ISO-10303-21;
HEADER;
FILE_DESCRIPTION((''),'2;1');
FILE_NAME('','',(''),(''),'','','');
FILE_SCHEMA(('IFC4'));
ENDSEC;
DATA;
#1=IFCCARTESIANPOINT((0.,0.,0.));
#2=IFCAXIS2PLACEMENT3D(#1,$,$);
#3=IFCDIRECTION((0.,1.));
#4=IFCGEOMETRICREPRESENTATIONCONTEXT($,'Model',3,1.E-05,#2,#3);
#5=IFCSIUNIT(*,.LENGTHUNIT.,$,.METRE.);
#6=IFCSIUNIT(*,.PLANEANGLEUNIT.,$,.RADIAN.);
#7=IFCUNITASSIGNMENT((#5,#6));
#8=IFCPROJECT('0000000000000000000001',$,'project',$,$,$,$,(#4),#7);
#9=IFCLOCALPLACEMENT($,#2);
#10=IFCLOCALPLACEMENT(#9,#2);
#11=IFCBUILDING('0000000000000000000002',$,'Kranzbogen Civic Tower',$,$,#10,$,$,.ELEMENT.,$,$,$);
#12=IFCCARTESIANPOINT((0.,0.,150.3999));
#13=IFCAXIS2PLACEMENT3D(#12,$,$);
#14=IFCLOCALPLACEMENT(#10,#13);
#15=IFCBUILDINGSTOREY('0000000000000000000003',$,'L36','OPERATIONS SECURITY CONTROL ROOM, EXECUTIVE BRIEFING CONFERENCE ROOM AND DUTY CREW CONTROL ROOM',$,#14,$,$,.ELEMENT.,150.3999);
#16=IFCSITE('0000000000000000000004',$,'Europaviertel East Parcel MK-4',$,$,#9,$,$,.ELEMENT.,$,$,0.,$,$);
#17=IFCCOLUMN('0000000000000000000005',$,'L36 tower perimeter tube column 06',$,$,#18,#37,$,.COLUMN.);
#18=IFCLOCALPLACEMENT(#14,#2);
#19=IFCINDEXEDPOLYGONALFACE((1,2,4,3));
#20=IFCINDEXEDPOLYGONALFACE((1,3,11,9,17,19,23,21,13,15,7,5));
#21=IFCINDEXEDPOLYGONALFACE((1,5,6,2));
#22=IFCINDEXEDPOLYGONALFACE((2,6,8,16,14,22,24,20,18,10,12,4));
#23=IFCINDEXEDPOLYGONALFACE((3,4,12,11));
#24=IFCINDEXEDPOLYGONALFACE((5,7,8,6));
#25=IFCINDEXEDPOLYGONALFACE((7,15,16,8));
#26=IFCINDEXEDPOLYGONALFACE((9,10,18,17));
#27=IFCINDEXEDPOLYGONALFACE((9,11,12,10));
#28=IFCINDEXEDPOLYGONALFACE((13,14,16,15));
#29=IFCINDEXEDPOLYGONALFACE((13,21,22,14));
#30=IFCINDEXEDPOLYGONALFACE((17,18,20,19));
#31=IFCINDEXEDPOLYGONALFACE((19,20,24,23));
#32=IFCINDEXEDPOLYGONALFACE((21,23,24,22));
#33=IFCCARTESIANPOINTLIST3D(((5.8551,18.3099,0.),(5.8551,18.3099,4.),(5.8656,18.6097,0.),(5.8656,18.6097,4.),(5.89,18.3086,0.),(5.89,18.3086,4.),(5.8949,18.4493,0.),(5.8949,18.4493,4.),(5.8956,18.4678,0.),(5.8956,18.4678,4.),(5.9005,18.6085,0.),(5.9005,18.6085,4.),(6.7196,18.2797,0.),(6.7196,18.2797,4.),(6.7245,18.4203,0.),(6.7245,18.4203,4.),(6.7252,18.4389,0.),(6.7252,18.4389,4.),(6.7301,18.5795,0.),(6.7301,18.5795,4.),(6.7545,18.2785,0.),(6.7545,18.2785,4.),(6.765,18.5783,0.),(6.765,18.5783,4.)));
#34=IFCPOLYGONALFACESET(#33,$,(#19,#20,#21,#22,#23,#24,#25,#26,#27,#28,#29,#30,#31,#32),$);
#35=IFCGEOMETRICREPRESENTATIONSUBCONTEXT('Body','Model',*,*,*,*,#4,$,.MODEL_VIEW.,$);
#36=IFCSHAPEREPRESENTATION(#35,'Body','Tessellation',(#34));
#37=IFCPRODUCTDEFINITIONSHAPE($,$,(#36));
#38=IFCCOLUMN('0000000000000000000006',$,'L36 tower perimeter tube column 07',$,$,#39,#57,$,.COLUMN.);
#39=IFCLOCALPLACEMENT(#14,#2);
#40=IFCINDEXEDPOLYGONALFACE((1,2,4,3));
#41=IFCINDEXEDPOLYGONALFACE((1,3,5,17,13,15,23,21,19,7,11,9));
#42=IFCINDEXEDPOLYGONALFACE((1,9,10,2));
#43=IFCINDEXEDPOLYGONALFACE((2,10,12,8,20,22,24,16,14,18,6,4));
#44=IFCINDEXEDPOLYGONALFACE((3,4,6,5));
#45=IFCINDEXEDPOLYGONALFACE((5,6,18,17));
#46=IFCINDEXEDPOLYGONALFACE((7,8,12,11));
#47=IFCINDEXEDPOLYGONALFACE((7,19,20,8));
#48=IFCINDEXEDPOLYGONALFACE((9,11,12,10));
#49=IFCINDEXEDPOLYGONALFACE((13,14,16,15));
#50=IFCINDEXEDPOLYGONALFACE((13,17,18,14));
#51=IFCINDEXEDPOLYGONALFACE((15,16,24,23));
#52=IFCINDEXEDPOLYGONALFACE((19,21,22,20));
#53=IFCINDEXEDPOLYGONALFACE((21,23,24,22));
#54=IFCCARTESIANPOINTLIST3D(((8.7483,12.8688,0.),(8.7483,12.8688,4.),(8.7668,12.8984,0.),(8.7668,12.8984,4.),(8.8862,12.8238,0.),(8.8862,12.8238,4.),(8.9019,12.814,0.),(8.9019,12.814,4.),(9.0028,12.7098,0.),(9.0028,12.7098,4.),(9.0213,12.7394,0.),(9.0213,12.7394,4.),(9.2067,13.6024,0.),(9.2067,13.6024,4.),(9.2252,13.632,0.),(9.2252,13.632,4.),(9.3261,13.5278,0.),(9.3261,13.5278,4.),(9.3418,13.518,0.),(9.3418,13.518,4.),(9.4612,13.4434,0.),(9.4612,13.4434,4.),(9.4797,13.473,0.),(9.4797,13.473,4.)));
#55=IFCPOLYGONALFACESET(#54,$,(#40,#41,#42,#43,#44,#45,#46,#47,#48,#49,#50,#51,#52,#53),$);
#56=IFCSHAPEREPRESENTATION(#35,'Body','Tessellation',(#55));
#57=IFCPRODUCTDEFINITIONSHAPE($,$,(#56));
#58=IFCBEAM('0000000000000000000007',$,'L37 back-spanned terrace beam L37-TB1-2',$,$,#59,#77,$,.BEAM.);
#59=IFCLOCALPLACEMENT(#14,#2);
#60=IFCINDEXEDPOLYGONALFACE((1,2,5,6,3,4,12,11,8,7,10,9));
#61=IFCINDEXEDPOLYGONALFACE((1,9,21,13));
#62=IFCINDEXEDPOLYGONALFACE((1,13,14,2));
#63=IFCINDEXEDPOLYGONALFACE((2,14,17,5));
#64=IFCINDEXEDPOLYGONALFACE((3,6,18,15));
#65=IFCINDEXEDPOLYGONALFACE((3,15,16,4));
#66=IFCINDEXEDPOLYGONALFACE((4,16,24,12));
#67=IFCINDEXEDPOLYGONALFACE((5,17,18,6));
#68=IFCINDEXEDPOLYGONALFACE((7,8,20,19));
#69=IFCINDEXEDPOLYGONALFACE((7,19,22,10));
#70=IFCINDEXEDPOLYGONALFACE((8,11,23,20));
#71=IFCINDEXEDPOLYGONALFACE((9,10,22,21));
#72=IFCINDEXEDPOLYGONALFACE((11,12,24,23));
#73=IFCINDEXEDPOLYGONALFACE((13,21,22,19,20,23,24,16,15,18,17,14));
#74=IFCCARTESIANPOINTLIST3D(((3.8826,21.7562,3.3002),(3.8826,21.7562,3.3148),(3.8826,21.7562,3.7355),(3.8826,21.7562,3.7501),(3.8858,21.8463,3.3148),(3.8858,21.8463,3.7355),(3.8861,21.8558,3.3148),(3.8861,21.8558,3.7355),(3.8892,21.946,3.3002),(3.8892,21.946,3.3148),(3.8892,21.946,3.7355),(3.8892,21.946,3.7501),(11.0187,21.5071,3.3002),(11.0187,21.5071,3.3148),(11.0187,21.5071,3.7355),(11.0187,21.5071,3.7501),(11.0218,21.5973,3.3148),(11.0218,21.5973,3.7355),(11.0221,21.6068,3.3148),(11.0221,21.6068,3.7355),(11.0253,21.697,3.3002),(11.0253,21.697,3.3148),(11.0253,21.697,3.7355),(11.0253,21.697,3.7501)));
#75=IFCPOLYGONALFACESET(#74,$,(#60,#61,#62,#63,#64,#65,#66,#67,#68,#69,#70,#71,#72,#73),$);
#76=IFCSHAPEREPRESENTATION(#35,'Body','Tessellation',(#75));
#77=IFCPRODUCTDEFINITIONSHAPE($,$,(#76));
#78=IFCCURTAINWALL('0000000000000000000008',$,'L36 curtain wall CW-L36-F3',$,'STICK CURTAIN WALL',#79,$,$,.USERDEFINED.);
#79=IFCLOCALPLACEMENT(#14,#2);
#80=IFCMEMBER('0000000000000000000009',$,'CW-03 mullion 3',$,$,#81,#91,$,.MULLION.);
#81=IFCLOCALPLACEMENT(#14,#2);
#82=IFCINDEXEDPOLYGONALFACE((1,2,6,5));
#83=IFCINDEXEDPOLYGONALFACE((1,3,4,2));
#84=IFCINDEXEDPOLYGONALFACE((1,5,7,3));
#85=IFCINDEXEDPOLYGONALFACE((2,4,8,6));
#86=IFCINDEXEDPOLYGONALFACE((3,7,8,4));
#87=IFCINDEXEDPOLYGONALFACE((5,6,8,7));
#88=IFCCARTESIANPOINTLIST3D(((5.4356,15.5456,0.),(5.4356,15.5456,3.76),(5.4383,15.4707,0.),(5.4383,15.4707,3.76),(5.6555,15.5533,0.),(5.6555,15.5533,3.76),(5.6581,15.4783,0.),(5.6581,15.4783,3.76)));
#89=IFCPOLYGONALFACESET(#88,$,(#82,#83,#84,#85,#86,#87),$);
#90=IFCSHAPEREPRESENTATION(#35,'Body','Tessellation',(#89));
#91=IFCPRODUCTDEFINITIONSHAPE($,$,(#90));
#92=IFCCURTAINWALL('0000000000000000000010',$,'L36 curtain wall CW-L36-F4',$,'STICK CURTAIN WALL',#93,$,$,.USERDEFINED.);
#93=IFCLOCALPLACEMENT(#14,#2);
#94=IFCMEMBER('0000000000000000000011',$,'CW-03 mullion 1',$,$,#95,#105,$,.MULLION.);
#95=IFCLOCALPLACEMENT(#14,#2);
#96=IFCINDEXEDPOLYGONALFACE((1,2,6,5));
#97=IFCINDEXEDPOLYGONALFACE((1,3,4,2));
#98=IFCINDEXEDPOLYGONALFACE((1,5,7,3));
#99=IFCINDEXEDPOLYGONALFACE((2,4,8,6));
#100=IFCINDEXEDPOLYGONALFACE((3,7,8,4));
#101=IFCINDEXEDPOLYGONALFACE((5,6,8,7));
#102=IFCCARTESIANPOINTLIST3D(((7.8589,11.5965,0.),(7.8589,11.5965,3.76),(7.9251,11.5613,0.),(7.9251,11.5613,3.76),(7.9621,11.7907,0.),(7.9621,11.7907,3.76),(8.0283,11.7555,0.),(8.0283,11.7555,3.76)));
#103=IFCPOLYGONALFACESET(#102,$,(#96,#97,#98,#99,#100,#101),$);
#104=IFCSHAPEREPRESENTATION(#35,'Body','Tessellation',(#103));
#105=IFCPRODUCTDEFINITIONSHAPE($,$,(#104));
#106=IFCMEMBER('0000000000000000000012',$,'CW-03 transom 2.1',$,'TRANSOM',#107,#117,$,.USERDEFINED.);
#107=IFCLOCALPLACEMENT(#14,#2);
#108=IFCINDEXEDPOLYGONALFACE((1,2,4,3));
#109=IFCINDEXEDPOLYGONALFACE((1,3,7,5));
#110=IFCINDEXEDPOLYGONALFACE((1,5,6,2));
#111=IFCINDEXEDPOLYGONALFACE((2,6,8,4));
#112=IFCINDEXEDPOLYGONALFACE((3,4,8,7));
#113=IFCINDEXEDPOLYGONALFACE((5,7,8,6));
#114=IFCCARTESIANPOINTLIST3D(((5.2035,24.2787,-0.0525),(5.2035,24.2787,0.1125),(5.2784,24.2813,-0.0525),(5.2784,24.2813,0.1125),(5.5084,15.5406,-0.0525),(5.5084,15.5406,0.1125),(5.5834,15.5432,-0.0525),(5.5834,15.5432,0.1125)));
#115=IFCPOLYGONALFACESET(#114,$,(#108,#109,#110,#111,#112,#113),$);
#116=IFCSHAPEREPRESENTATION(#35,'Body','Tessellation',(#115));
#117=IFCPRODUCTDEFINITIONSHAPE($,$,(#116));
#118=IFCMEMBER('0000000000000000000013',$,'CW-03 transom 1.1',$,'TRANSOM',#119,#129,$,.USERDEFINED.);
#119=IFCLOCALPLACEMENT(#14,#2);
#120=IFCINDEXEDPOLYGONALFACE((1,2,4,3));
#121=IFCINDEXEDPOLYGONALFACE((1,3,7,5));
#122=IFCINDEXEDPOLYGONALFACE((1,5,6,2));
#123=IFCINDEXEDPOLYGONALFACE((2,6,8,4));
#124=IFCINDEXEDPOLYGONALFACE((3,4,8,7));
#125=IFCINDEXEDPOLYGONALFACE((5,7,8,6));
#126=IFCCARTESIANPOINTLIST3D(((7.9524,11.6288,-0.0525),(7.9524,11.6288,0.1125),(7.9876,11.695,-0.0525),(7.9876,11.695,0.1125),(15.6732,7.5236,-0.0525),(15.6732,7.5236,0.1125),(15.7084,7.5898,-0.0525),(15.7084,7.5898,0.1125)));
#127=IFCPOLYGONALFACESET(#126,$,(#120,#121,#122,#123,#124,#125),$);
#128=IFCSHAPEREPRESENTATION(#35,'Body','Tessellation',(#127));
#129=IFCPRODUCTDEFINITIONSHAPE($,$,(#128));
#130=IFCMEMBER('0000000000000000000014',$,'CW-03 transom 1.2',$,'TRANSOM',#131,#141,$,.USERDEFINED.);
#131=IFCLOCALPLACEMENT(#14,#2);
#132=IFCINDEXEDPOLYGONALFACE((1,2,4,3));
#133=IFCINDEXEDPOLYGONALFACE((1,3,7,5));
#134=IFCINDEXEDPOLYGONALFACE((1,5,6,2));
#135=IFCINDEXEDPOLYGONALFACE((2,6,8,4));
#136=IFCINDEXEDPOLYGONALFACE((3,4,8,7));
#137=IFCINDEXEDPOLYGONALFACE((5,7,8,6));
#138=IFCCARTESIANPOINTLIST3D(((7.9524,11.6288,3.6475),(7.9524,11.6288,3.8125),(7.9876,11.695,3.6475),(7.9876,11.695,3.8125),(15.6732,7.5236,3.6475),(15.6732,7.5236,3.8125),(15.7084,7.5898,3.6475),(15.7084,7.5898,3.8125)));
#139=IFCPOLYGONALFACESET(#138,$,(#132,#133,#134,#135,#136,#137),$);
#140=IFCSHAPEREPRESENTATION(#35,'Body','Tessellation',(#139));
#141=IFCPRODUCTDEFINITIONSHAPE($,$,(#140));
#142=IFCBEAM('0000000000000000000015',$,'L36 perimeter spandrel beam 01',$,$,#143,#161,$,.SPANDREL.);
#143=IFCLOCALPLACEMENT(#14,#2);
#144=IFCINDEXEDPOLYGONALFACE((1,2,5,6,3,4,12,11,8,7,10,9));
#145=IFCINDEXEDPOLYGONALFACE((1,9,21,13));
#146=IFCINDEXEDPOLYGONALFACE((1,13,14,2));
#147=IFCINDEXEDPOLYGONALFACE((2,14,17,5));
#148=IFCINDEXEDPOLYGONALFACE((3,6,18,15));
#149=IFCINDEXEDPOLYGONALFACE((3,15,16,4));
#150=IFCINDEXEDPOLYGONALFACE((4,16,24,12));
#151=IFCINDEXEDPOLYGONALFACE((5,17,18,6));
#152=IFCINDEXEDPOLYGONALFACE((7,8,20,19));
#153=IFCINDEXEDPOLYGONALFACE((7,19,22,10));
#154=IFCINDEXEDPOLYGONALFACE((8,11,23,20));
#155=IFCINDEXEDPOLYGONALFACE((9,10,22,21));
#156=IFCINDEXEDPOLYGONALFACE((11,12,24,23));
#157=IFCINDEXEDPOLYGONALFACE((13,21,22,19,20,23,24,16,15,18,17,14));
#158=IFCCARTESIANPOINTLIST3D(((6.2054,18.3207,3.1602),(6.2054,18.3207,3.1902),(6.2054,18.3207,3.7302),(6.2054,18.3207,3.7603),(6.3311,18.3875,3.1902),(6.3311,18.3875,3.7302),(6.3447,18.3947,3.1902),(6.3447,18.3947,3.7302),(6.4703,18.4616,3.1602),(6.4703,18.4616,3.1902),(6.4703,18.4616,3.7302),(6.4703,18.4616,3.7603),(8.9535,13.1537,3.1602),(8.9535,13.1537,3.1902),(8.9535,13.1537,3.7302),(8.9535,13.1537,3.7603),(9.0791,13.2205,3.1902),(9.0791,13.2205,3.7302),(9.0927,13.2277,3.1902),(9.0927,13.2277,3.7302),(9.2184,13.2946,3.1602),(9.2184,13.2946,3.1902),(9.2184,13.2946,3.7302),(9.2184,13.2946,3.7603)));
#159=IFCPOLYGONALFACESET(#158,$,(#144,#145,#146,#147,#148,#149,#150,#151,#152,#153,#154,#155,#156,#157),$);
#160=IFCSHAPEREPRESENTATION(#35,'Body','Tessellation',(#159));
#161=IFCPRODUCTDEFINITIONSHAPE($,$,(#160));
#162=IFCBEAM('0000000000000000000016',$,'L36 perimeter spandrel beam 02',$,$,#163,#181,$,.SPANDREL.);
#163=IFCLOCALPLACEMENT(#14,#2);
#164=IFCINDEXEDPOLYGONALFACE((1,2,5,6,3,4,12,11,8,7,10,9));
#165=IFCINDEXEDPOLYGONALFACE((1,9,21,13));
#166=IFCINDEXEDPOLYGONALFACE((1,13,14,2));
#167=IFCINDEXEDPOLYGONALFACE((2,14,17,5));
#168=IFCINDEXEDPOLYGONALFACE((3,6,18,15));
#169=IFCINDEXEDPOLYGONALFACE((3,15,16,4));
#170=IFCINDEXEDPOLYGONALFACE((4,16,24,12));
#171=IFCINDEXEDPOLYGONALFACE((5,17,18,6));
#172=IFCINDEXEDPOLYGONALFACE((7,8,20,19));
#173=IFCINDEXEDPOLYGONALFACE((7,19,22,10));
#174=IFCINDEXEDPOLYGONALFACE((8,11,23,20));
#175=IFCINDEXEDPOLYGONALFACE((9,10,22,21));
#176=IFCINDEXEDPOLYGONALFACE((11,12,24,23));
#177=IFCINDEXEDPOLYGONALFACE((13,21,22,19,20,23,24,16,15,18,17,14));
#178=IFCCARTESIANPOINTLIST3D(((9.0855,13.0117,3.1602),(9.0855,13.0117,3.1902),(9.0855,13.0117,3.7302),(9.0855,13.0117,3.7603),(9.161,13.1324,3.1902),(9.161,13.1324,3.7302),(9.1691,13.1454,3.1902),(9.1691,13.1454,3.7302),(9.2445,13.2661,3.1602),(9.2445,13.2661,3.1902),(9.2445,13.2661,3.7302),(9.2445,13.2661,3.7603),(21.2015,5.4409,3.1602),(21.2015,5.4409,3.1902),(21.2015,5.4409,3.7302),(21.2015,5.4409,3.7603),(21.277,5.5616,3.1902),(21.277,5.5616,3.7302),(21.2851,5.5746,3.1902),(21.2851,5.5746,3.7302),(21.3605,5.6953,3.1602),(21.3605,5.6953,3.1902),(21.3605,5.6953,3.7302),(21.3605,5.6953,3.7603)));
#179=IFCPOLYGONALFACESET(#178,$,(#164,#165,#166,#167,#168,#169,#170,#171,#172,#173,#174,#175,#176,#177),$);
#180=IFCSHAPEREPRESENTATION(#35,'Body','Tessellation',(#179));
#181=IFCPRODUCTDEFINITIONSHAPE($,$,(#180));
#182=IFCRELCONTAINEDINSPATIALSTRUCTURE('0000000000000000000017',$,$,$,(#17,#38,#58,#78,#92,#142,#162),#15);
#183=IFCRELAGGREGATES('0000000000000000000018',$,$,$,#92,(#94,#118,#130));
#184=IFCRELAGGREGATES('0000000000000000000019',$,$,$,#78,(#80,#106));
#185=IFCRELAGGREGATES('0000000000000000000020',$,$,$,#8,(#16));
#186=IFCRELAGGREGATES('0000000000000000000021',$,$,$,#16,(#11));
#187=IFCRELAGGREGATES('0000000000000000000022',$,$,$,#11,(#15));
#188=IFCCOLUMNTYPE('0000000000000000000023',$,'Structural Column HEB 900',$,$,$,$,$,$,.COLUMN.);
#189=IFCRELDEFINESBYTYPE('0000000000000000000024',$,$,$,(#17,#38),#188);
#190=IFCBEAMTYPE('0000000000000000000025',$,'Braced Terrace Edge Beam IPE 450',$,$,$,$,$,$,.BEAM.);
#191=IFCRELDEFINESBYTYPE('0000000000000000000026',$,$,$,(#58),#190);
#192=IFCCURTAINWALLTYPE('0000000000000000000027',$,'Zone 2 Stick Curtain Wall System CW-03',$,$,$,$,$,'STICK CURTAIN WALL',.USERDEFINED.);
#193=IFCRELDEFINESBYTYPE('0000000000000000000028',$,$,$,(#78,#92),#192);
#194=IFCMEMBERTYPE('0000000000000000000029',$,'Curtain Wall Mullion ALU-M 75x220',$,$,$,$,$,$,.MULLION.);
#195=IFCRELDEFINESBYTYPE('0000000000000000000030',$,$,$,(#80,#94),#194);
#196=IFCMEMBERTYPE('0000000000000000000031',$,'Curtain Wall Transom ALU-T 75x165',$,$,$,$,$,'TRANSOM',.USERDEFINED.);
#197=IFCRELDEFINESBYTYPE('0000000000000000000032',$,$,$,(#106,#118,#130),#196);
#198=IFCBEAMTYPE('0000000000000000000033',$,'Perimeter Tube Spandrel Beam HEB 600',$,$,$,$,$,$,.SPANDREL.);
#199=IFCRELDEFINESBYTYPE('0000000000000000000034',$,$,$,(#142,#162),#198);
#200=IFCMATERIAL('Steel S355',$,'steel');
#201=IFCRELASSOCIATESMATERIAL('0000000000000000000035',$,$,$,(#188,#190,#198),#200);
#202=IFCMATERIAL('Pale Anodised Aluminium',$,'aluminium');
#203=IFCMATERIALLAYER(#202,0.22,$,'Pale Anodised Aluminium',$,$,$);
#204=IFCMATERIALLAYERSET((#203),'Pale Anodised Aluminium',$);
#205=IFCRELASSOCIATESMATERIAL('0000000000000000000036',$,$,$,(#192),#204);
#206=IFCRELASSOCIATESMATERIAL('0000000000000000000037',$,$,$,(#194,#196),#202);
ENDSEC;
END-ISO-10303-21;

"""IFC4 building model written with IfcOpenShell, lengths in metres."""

from ifc_helpers import new_model, si_unit, direction, frame, origin, origin_2d, place, context, subcontext, project, spatial, rectangle, i_section, extrude, material, layer, layer_set, material_profile, profile_set, type_object, element, aggregate, save


model = new_model("IFC4")

# Units and contexts
model_context = context("Model", 3, precision=1e-05, world=origin(), true_north=direction((0.0, 1.0)))
body_context = subcontext(model_context, "Body", "Model", "MODEL_VIEW")
ifc_project = project(units=[si_unit("LENGTHUNIT", "METRE"), si_unit("PLANEANGLEUNIT", "RADIAN")], contexts=[model_context])

# Site, building, storey
site_placement = place(None, origin())
site = spatial("IfcSite", under=ifc_project, at=site_placement, Name="Europaviertel East Parcel MK-4", CompositionType="ELEMENT", RefElevation=0.0)
building_placement = place(site_placement, origin())
building = spatial("IfcBuilding", under=site, at=building_placement, Name="Kranzbogen Civic Tower", CompositionType="ELEMENT")
storey_placement = place(building_placement, frame((0.0, 0.0, 150.3999)))
storey = spatial("IfcBuildingStorey", under=building, at=storey_placement, Name="L36", Description="OPERATIONS SECURITY CONTROL ROOM, EXECUTIVE BRIEFING CONFERENCE ROOM AND DUTY CREW CONTROL ROOM", CompositionType="ELEMENT", Elevation=150.3999)

# Columns
ifc_material_1 = material(Name="Steel S355", Category="steel")
ifc_material_profile_1 = material_profile(ifc_material_1, i_section(OverallWidth=0.3, OverallDepth=0.8999, WebThickness=0.0186, FlangeThickness=0.0349, at=origin_2d()), Name="HEB 900")
ifc_profile_set_1 = profile_set([ifc_material_profile_1], Name="Steel S355")
column_type = type_object("IfcColumnType", Name="Structural Column HEB 900", PredefinedType="COLUMN", material=ifc_profile_set_1)
for number, where, z_axis, x_axis, name in (
    (1, (6.3101, 18.4441, 0.0), (0.0, 0.0, 1.0), (0.034899, 0.999391, 0.0), "L36 tower perimeter tube column 06"),
    (2, (9.114, 13.1709, 0.0), (0.0, 0.0, 1.0), (-0.848048, 0.529919, 0.0), "L36 tower perimeter tube column 07"),
):
    element("IfcColumn", number, at=place(storey_placement, frame(where, z_axis=z_axis, x_axis=x_axis)), inside=storey, type_object=column_type, Name=name, PredefinedType="COLUMN", context=body_context, shape_type="SweptSolid", body=[
        extrude(i_section(OverallWidth=0.3, OverallDepth=0.8999, WebThickness=0.0186, FlangeThickness=0.0349, at=origin_2d()), origin(), (0.0, 0.0, 1.0), 4.0),
    ])

# Beam
ifc_material_profile_2 = material_profile(ifc_material_1, i_section(OverallWidth=0.1899, OverallDepth=0.45, WebThickness=0.0095, FlangeThickness=0.0146, at=origin_2d()), Name="IPE 450")
ifc_profile_set_2 = profile_set([ifc_material_profile_2], Name="Steel S355")
beam_type_1 = type_object("IfcBeamType", Name="Braced Terrace Edge Beam IPE 450", PredefinedType="BEAM", material=ifc_profile_set_2)
beam_1_placement = place(storey_placement, frame((11.022, 21.6021, 3.5251), z_axis=(-0.999392, 0.034876, 0.0), x_axis=(-0.034876, -0.999392, 0.0)))
element("IfcBeam", 3, at=beam_1_placement, inside=storey, type_object=beam_type_1, Name="L37 back-spanned terrace beam L37-TB1-2", PredefinedType="BEAM", context=body_context, shape_type="SweptSolid", body=[
    extrude(i_section(OverallWidth=0.1899, OverallDepth=0.45, WebThickness=0.0095, FlangeThickness=0.0146, at=origin_2d()), origin(), (0.0, 0.0, 1.0), 7.1404),
])

# Curtain walls, members
ifc_material_2 = material(Name="Pale Anodised Aluminium", Category="aluminium")
ifc_layer_1 = layer(ifc_material_2, 0.22, Name="Pale Anodised Aluminium")
ifc_layer_set_1 = layer_set([ifc_layer_1], Name="Pale Anodised Aluminium")
curtain_wall_type = type_object("IfcCurtainWallType", Name="Zone 2 Stick Curtain Wall System CW-03", ElementType="STICK CURTAIN WALL", PredefinedType="USERDEFINED", material=ifc_layer_set_1)
curtain_wall_1_placement = place(storey_placement, origin())
curtain_wall_1 = element("IfcCurtainWall", 4, at=curtain_wall_1_placement, inside=storey, type_object=curtain_wall_type, Name="L36 curtain wall CW-L36-F3", ObjectType="STICK CURTAIN WALL", PredefinedType="USERDEFINED")
ifc_material_profile_3 = material_profile(ifc_material_2, rectangle(XDim=0.075, YDim=0.22, at=origin_2d()), Name="ALU-M 75x220")
ifc_profile_set_3 = profile_set([ifc_material_profile_3], Name="Pale Anodised Aluminium")
member_type_1 = type_object("IfcMemberType", Name="Curtain Wall Mullion ALU-M 75x220", PredefinedType="MULLION", material=ifc_profile_set_3)
member_1_placement = place(storey_placement, frame((5.5469, 15.512, 0.0), z_axis=(0.0, 0.0, 1.0), x_axis=(0.034868, -0.999392, 0.0)))
member_1 = element("IfcMember", 5, at=member_1_placement, type_object=member_type_1, Name="CW-03 mullion 3", PredefinedType="MULLION", context=body_context, shape_type="SweptSolid", body=[
    extrude(rectangle(XDim=0.075, YDim=0.22, at=origin_2d()), origin(), (0.0, 0.0, 1.0), 3.76),
])
curtain_wall_2_placement = place(storey_placement, origin())
curtain_wall_2 = element("IfcCurtainWall", 6, at=curtain_wall_2_placement, inside=storey, type_object=curtain_wall_type, Name="L36 curtain wall CW-L36-F4", ObjectType="STICK CURTAIN WALL", PredefinedType="USERDEFINED")
member_2_placement = place(storey_placement, frame((7.9436, 11.676, 0.0), z_axis=(0.0, 0.0, 1.0), x_axis=(0.882952, -0.469463, 0.0)))
member_2 = element("IfcMember", 7, at=member_2_placement, type_object=member_type_1, Name="CW-03 mullion 1", PredefinedType="MULLION", context=body_context, shape_type="SweptSolid", body=[
    extrude(rectangle(XDim=0.075, YDim=0.22, at=origin_2d()), origin(), (0.0, 0.0, 1.0), 3.76),
])

# Members
ifc_material_profile_4 = material_profile(ifc_material_2, rectangle(XDim=0.075, YDim=0.165, at=origin_2d()), Name="ALU-T 75x165")
ifc_profile_set_4 = profile_set([ifc_material_profile_4], Name="Pale Anodised Aluminium")
member_type_2 = type_object("IfcMemberType", Name="Curtain Wall Transom ALU-T 75x165", ElementType="TRANSOM", PredefinedType="USERDEFINED", material=ifc_profile_set_4)
member_3_placement = place(storey_placement, frame((5.241, 24.28, 0.03), z_axis=(0.034876, -0.999392, 0.0), x_axis=(0.999392, 0.034876, 0.0)))
member_3 = element("IfcMember", 8, at=member_3_placement, type_object=member_type_2, Name="CW-03 transom 2.1", ObjectType="TRANSOM", PredefinedType="USERDEFINED", context=body_context, shape_type="SweptSolid", body=[
    extrude(rectangle(XDim=0.075, YDim=0.165, at=origin_2d()), origin(), (0.0, 0.0, 1.0), 8.7434),
])
member_4_placement = place(storey_placement, frame((7.97, 11.6619, 0.03), z_axis=(0.882951, -0.469465, 0.0), x_axis=(0.469465, 0.882951, 0.0)))
member_4 = element("IfcMember", 9, at=member_4_placement, type_object=member_type_2, Name="CW-03 transom 1.1", ObjectType="TRANSOM", PredefinedType="USERDEFINED", context=body_context, shape_type="SweptSolid", body=[
    extrude(rectangle(XDim=0.075, YDim=0.165, at=origin_2d()), origin(), (0.0, 0.0, 1.0), 8.7444),
])
member_5_placement = place(storey_placement, frame((7.97, 11.6619, 3.73), z_axis=(0.882951, -0.469465, 0.0), x_axis=(0.469465, 0.882951, 0.0)))
member_5 = element("IfcMember", 10, at=member_5_placement, type_object=member_type_2, Name="CW-03 transom 1.2", ObjectType="TRANSOM", PredefinedType="USERDEFINED", context=body_context, shape_type="SweptSolid", body=[
    extrude(rectangle(XDim=0.075, YDim=0.165, at=origin_2d()), origin(), (0.0, 0.0, 1.0), 8.7444),
])
aggregate(curtain_wall_2, [member_2, member_4, member_5])

# Beams
ifc_material_profile_5 = material_profile(ifc_material_1, i_section(OverallWidth=0.3, OverallDepth=0.6001, WebThickness=0.0154, FlangeThickness=0.03, at=origin_2d()), Name="HEB 600")
ifc_profile_set_5 = profile_set([ifc_material_profile_5], Name="Steel S355")
beam_type_2 = type_object("IfcBeamType", Name="Perimeter Tube Spandrel Beam HEB 600", PredefinedType="SPANDREL", material=ifc_profile_set_5)
beam_2_placement = place(storey_placement, frame((6.3379, 18.3911, 3.4602), z_axis=(0.469566, -0.882897, 0.0), x_axis=(0.882897, 0.469566, 0.0)))
element("IfcBeam", 11, at=beam_2_placement, inside=storey, type_object=beam_type_2, Name="L36 perimeter spandrel beam 01", PredefinedType="SPANDREL", context=body_context, shape_type="SweptSolid", body=[
    extrude(i_section(OverallWidth=0.3, OverallDepth=0.6001, WebThickness=0.0154, FlangeThickness=0.03, at=origin_2d()), origin(), (0.0, 0.0, 1.0), 5.8523),
])
beam_3_placement = place(storey_placement, frame((9.165, 13.1389, 3.4602), z_axis=(0.848051, -0.529914, 0.0), x_axis=(0.529914, 0.848051, 0.0)))
element("IfcBeam", 12, at=beam_3_placement, inside=storey, type_object=beam_type_2, Name="L36 perimeter spandrel beam 02", PredefinedType="SPANDREL", context=body_context, shape_type="SweptSolid", body=[
    extrude(i_section(OverallWidth=0.3, OverallDepth=0.6001, WebThickness=0.0154, FlangeThickness=0.03, at=origin_2d()), origin(), (0.0, 0.0, 1.0), 14.2869),
])

aggregate(curtain_wall_1, [member_1, member_3])

save(model, "model.ifc")
